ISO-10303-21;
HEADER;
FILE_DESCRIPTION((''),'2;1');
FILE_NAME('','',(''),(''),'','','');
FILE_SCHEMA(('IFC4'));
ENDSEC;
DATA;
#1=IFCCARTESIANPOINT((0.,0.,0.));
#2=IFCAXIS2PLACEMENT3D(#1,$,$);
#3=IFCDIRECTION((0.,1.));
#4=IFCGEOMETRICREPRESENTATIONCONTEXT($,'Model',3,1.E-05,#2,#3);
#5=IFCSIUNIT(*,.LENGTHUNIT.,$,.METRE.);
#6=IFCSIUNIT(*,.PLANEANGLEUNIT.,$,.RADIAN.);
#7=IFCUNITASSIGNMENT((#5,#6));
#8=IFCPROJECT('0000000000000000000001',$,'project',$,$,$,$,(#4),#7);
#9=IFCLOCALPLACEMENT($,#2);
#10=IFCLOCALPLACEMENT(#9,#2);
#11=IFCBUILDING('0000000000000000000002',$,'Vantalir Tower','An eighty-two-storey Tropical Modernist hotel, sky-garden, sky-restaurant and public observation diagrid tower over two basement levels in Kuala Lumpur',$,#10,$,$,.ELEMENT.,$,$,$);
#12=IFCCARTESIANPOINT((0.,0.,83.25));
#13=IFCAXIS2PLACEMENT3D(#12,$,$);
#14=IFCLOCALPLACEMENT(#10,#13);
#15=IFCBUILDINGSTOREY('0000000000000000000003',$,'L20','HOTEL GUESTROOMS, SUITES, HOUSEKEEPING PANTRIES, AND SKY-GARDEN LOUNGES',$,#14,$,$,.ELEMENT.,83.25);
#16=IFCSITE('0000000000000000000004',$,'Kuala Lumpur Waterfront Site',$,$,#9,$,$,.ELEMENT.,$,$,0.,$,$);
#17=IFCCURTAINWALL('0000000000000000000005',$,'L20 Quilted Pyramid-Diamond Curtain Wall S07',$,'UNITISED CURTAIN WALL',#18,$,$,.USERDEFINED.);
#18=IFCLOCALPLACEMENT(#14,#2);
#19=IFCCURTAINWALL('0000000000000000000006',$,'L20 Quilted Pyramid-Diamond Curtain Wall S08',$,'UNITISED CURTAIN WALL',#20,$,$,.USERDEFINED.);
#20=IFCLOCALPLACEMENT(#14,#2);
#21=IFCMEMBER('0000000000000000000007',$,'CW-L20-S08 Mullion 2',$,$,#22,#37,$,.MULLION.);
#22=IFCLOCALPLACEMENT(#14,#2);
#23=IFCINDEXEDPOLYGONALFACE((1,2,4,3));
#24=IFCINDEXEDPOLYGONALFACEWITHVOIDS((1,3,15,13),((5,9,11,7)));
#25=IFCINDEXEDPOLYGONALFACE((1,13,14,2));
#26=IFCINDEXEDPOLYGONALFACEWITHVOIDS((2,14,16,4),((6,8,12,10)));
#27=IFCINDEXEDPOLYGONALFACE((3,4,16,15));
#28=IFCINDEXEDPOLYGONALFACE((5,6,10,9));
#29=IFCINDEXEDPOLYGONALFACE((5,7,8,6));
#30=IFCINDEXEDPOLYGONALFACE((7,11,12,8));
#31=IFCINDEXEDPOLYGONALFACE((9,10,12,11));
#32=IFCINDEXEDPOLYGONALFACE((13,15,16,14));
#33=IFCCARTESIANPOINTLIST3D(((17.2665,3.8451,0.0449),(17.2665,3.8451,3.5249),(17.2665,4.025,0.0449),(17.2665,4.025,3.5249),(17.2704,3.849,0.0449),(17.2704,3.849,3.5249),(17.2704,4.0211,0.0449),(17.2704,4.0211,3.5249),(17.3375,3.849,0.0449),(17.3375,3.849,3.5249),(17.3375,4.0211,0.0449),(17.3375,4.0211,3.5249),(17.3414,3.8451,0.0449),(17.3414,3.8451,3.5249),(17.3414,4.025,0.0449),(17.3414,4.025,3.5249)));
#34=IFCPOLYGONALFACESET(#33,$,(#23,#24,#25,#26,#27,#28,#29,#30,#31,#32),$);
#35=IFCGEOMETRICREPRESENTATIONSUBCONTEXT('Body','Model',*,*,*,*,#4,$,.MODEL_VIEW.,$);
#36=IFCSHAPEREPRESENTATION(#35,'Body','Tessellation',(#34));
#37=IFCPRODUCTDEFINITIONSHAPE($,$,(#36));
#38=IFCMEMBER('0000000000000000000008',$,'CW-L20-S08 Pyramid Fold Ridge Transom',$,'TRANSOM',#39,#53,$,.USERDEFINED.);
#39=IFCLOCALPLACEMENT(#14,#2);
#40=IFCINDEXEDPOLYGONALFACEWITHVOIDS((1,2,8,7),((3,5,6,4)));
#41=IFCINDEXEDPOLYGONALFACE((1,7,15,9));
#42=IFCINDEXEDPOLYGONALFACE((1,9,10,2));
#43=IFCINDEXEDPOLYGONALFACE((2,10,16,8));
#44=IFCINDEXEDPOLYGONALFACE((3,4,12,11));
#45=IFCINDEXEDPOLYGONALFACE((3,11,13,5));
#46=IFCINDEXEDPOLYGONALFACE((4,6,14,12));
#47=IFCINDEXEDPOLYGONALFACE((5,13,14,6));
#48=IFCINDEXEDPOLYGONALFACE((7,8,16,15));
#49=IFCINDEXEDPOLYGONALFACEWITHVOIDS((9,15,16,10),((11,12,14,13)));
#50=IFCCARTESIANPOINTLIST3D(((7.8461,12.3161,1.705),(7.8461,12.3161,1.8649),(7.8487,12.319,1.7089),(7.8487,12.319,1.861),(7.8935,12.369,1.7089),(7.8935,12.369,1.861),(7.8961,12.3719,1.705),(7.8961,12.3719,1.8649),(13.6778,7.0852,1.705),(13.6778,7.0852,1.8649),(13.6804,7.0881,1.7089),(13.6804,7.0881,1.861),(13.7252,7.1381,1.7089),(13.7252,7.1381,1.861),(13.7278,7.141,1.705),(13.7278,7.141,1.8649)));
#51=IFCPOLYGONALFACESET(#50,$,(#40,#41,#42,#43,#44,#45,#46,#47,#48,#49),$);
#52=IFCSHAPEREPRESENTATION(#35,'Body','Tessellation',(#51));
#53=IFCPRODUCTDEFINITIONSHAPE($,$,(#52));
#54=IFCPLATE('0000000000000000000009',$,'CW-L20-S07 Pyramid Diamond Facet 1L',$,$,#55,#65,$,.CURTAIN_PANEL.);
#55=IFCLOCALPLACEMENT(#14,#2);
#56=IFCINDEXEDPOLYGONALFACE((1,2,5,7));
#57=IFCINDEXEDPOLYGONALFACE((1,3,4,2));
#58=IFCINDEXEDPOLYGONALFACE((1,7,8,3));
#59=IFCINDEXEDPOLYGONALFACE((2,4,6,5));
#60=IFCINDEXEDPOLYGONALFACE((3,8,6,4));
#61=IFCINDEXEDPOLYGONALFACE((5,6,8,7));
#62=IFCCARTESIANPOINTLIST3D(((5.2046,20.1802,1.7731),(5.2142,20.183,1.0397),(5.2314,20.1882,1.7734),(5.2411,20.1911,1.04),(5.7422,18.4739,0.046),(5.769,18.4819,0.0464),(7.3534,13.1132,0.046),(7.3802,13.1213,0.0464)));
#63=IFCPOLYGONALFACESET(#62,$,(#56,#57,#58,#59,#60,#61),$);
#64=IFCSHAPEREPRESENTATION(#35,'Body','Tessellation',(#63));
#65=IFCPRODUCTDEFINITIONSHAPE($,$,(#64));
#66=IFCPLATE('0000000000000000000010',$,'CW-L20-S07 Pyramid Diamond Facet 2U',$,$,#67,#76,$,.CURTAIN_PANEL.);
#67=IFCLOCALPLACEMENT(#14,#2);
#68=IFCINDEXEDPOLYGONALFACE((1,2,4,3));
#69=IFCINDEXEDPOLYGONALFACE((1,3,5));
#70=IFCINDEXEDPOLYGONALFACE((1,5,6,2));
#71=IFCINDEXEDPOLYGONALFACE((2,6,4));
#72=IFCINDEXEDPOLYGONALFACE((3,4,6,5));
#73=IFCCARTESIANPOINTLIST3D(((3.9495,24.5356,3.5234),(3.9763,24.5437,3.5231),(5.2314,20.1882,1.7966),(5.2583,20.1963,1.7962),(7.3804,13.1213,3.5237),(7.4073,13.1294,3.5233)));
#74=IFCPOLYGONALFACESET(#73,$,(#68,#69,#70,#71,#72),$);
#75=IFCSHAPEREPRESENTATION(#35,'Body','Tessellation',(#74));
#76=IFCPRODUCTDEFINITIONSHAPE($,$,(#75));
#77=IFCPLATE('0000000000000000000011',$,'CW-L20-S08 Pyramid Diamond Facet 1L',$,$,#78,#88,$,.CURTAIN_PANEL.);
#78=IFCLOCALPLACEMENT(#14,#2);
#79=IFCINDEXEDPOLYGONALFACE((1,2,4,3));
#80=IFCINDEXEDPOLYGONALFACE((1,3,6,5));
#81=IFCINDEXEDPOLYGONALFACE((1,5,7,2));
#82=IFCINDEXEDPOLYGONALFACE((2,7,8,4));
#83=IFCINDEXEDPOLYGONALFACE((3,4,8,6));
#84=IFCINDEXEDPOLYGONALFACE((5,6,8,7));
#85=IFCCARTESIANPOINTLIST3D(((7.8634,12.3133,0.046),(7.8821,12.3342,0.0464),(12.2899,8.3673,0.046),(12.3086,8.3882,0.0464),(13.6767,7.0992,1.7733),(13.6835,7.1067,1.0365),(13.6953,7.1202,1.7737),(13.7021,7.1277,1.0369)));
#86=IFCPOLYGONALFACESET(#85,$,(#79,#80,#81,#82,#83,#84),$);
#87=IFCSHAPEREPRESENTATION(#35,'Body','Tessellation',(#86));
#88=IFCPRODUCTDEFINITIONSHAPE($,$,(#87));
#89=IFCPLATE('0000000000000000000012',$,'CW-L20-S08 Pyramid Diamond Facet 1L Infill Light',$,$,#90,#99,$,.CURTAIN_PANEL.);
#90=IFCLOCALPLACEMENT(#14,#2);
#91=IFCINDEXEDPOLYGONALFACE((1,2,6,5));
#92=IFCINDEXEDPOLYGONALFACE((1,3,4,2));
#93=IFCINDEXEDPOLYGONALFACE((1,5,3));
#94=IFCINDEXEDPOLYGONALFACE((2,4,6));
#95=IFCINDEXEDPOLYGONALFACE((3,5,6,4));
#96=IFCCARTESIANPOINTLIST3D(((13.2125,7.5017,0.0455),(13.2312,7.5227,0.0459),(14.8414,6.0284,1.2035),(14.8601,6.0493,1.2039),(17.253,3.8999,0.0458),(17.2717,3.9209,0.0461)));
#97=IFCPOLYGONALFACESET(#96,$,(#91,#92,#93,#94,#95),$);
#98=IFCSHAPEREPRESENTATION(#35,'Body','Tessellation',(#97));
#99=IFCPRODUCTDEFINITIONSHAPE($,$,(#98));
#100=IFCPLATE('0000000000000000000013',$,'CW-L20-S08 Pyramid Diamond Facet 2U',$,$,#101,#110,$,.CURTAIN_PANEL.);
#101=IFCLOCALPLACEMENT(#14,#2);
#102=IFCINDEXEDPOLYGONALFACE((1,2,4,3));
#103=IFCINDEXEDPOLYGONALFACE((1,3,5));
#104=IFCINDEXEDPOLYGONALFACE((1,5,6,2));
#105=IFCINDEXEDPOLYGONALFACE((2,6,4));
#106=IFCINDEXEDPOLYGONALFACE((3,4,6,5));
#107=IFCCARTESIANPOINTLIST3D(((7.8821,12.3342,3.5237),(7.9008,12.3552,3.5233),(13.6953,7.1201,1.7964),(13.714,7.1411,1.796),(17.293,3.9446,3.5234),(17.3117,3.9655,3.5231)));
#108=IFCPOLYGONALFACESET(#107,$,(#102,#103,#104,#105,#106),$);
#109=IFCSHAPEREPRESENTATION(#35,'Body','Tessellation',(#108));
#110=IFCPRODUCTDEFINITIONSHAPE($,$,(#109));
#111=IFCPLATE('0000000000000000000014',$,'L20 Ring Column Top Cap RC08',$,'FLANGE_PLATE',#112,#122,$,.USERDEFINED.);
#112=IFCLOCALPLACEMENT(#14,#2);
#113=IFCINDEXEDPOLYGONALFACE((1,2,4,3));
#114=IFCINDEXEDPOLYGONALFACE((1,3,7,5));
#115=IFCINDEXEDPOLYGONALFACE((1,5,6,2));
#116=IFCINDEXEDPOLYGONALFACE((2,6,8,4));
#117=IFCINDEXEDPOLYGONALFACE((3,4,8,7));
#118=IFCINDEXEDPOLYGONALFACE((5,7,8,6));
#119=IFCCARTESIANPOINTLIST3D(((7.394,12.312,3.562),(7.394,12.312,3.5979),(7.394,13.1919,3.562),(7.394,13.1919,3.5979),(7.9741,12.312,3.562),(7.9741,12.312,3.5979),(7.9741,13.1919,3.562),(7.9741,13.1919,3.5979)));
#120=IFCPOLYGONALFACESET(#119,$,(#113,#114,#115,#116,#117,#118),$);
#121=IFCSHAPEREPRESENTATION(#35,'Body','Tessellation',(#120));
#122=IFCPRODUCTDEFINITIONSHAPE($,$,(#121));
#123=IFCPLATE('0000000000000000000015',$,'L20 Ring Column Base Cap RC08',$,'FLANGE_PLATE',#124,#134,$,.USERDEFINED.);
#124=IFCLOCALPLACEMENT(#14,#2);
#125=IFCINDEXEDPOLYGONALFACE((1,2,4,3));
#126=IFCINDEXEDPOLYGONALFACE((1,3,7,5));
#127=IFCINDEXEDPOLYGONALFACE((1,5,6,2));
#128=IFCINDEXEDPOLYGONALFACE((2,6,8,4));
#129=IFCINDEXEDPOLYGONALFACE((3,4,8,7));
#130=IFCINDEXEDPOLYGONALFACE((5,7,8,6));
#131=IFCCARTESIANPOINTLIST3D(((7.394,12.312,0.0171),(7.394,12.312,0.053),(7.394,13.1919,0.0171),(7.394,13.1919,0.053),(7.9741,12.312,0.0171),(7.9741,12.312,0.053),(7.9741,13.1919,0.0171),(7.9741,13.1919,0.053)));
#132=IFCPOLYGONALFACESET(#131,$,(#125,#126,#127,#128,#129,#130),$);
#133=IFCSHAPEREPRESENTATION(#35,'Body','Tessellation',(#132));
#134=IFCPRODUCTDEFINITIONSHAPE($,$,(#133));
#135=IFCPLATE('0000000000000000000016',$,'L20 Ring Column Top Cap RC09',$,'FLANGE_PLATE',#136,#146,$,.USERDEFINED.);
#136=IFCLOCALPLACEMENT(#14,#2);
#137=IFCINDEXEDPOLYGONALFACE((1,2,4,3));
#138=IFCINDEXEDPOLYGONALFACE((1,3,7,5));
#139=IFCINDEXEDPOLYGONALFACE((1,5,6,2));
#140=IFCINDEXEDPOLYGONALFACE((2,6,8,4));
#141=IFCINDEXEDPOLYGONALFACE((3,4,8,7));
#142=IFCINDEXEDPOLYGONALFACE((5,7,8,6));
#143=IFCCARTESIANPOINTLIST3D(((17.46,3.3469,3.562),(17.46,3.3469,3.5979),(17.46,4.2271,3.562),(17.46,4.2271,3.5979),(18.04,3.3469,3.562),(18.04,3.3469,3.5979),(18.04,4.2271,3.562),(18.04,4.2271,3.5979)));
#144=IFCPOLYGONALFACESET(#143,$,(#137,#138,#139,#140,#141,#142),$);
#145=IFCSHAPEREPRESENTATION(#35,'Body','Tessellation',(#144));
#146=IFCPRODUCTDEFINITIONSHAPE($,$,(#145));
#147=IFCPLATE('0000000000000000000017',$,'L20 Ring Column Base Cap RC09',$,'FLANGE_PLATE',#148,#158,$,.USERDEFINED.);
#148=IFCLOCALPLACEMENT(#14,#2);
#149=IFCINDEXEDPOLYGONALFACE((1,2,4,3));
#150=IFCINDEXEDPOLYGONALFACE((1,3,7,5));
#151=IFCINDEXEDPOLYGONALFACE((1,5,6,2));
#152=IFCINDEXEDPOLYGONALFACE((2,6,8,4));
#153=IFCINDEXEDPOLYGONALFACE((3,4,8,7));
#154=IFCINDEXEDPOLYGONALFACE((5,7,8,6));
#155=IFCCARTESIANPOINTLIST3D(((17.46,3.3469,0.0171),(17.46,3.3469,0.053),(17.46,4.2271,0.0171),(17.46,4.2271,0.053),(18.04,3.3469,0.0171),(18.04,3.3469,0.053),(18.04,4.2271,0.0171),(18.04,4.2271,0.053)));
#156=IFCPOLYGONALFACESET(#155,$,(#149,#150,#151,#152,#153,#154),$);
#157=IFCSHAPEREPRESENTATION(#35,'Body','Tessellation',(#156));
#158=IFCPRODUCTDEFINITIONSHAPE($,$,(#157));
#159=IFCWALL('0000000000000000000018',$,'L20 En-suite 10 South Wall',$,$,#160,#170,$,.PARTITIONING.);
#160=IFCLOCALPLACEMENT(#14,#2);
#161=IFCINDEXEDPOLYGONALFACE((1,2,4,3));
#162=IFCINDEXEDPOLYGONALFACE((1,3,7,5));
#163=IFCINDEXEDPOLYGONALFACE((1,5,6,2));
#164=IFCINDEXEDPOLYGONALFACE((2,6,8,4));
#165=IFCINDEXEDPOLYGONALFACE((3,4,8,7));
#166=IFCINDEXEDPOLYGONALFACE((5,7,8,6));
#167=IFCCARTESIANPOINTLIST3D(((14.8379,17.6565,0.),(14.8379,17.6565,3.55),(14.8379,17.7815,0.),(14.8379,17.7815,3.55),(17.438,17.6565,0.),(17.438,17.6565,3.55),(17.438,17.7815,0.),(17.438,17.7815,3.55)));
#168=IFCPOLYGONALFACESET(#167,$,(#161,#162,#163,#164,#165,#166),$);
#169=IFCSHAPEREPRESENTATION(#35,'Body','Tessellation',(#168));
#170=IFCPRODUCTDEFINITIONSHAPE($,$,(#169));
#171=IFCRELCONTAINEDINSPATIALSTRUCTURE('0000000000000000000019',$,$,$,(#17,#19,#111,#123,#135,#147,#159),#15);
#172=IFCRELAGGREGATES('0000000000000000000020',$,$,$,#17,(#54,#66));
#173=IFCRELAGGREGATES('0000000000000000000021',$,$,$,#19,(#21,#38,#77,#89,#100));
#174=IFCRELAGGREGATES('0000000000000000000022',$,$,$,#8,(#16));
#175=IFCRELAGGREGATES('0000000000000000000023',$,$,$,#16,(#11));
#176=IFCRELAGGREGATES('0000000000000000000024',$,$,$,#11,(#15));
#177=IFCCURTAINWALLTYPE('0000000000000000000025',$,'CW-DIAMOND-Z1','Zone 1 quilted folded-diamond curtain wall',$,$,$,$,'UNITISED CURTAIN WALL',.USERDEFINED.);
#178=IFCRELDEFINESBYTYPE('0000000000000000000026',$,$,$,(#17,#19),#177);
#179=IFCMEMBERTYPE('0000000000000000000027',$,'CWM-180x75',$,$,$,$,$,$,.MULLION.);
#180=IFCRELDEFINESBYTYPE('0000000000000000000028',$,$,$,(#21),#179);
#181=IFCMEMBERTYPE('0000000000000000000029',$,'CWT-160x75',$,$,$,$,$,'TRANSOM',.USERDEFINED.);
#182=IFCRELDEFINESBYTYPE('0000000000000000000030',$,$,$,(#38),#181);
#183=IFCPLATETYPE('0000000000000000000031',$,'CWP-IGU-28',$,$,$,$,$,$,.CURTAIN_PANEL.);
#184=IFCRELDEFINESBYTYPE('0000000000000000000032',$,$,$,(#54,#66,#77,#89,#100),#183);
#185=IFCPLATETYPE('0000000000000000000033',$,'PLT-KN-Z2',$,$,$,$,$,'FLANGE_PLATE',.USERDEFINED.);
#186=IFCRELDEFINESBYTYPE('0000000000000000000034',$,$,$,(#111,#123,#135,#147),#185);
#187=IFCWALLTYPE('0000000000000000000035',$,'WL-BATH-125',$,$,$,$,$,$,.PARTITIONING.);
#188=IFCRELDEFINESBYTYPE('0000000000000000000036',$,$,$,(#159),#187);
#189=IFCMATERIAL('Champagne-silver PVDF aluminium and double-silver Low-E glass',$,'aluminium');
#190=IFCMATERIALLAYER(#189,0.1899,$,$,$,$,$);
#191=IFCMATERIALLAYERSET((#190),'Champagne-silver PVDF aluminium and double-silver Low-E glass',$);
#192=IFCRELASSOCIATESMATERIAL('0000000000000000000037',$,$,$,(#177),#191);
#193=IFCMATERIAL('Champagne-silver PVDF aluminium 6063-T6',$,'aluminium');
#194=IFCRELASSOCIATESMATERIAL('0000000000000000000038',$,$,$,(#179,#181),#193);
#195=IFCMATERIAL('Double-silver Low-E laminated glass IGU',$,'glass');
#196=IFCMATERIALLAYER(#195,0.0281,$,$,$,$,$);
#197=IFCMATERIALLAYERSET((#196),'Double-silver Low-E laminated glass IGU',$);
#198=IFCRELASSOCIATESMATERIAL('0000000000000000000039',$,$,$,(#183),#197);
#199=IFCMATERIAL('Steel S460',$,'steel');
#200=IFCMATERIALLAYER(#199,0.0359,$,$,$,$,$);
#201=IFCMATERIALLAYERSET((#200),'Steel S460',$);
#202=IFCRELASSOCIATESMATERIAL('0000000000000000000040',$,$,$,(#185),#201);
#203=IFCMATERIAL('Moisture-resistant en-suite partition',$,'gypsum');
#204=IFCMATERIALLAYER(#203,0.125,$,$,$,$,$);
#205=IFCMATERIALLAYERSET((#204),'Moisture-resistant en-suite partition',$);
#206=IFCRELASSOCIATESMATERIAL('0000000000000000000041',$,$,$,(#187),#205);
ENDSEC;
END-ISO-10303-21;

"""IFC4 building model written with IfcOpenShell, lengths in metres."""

from ifc_helpers import new_model, si_unit, direction, frame, frame_2d, origin, origin_2d, place, context, subcontext, project, spatial, polyline, rectangle, hollow_rectangle, outline, extrude, material, layer, layer_set, material_profile, profile_set, type_object, element, aggregate, save


model = new_model("IFC4")

# Units and contexts
model_context = context("Model", 3, precision=1e-05, world=origin(), true_north=direction((0.0, 1.0)))
body_context = subcontext(model_context, "Body", "Model", "MODEL_VIEW")
ifc_project = project(units=[si_unit("LENGTHUNIT", "METRE"), si_unit("PLANEANGLEUNIT", "RADIAN")], contexts=[model_context])

# Site, building, storey
site_placement = place(None, origin())
site = spatial("IfcSite", under=ifc_project, at=site_placement, Name="Kuala Lumpur Waterfront Site", CompositionType="ELEMENT", RefElevation=0.0)
building_placement = place(site_placement, origin())
building = spatial("IfcBuilding", under=site, at=building_placement, Name="Vantalir Tower", Description="An eighty-two-storey Tropical Modernist hotel, sky-garden, sky-restaurant and public observation diagrid tower over two basement levels in Kuala Lumpur", CompositionType="ELEMENT")
storey_placement = place(building_placement, frame((0.0, 0.0, 83.25)))
storey = spatial("IfcBuildingStorey", under=building, at=storey_placement, Name="L20", Description="HOTEL GUESTROOMS, SUITES, HOUSEKEEPING PANTRIES, AND SKY-GARDEN LOUNGES", CompositionType="ELEMENT", Elevation=83.25)

# Shared definitions
ifc_material_1 = material(Name="Steel S460", Category="steel")

# Curtain wall
ifc_material_2 = material(Name="Champagne-silver PVDF aluminium and double-silver Low-E glass", Category="aluminium")
ifc_layer_1 = layer(ifc_material_2, 0.1899)
ifc_layer_set_1 = layer_set([ifc_layer_1], Name="Champagne-silver PVDF aluminium and double-silver Low-E glass")
curtain_wall_type = type_object("IfcCurtainWallType", Name="CW-DIAMOND-Z1", Description="Zone 1 quilted folded-diamond curtain wall", ElementType="UNITISED CURTAIN WALL", PredefinedType="USERDEFINED", material=ifc_layer_set_1)
curtain_wall_1_placement = place(storey_placement, origin())
curtain_wall_1 = element("IfcCurtainWall", 1, at=curtain_wall_1_placement, inside=storey, type_object=curtain_wall_type, Name="L20 Quilted Pyramid-Diamond Curtain Wall S07", ObjectType="UNITISED CURTAIN WALL", PredefinedType="USERDEFINED")
ifc_material_3 = material(Name="Champagne-silver PVDF aluminium 6063-T6", Category="aluminium")
ifc_material_profile_1 = material_profile(ifc_material_3, hollow_rectangle(XDim=0.075, YDim=0.1799, WallThickness=0.0039, at=origin_2d()), Name="Champagne-silver PVDF aluminium 6063-T6")
ifc_profile_set_1 = profile_set([ifc_material_profile_1], Name="Champagne-silver PVDF aluminium 6063-T6")
member_type_1 = type_object("IfcMemberType", Name="CWM-180x75", PredefinedType="MULLION", material=ifc_profile_set_1)

# Curtain wall, members
curtain_wall_2_placement = place(storey_placement, origin())
curtain_wall_2 = element("IfcCurtainWall", 2, at=curtain_wall_2_placement, inside=storey, type_object=curtain_wall_type, Name="L20 Quilted Pyramid-Diamond Curtain Wall S08", ObjectType="UNITISED CURTAIN WALL", PredefinedType="USERDEFINED")
member_1_placement = place(storey_placement, frame((17.304, 3.9351, 0.0449), z_axis=(0.0, 0.0, 1.0), x_axis=(1.0, 0.0, 0.0)))
member_1 = element("IfcMember", 3, at=member_1_placement, type_object=member_type_1, Name="CW-L20-S08 Mullion 2", PredefinedType="MULLION", context=body_context, shape_type="SweptSolid", body=[
    extrude(hollow_rectangle(XDim=0.075, YDim=0.1799, WallThickness=0.0039, at=origin_2d()), origin(), (0.0, 0.0, 1.0), 3.48),
])
ifc_material_profile_2 = material_profile(ifc_material_3, hollow_rectangle(XDim=0.075, YDim=0.1599, WallThickness=0.0039, at=origin_2d()), Name="Champagne-silver PVDF aluminium 6063-T6")
ifc_profile_set_2 = profile_set([ifc_material_profile_2], Name="Champagne-silver PVDF aluminium 6063-T6")
member_type_2 = type_object("IfcMemberType", Name="CWT-160x75", ElementType="TRANSOM", PredefinedType="USERDEFINED", material=ifc_profile_set_2)
member_2_placement = place(storey_placement, frame((7.8711, 12.344, 1.7849), z_axis=(0.744413, -0.667719, 0.0), x_axis=(0.667719, 0.744413, 0.0)))
member_2 = element("IfcMember", 4, at=member_2_placement, type_object=member_type_2, Name="CW-L20-S08 Pyramid Fold Ridge Transom", ObjectType="TRANSOM", PredefinedType="USERDEFINED", context=body_context, shape_type="SweptSolid", body=[
    extrude(hollow_rectangle(XDim=0.075, YDim=0.1599, WallThickness=0.0039, at=origin_2d()), origin(), (0.0, 0.0, 1.0), 7.834),
])

# Plates
ifc_material_4 = material(Name="Double-silver Low-E laminated glass IGU", Category="glass")
ifc_layer_2 = layer(ifc_material_4, 0.0281)
ifc_layer_set_2 = layer_set([ifc_layer_2], Name="Double-silver Low-E laminated glass IGU")
plate_type_1 = type_object("IfcPlateType", Name="CWP-IGU-28", PredefinedType="CURTAIN_PANEL", material=ifc_layer_set_2)
plate_1_placement = place(storey_placement, frame((5.769, 18.4819, 0.0464), z_axis=(0.957588, 0.287815, 0.013722), x_axis=(0.287842, -0.957678, 0.0)))
plate_1 = element("IfcPlate", 5, at=plate_1_placement, type_object=plate_type_1, Name="CW-L20-S07 Pyramid Diamond Facet 1L", PredefinedType="CURTAIN_PANEL", context=body_context, shape_type="SweptSolid", body=[
    extrude(outline(polyline([(0.0, 0.0), (5.5975, 0.0), (-1.7888, -1.7272), (-1.7888, -0.9937), (0.0, 0.0)])), origin(), (0.0, 0.0, -1.0), 0.0281),
])
plate_2_placement = place(storey_placement, frame((7.3804, 13.1213, 3.5237), z_axis=(-0.957583, -0.28783, 0.01373), x_axis=(-0.287857, 0.957673, -0.00002)))
plate_2 = element("IfcPlate", 6, at=plate_2_placement, type_object=plate_type_1, Name="CW-L20-S07 Pyramid Diamond Facet 2U", PredefinedType="CURTAIN_PANEL", context=body_context, shape_type="SweptSolid", body=[
    extrude(outline(polyline([(0.0, 0.0), (11.9188, 0.0), (7.3864, 1.7271), (0.0, 0.0)])), origin(), (0.0, 0.0, -1.0), 0.0281),
])
aggregate(curtain_wall_1, [plate_1, plate_2])
plate_3_placement = place(storey_placement, frame((7.8821, 12.3342, 0.0464), z_axis=(0.665365, 0.746391, 0.013778), x_axis=(0.746462, -0.665428, 0.0)))
plate_3 = element("IfcPlate", 7, at=plate_3_placement, type_object=plate_type_1, Name="CW-L20-S08 Pyramid Diamond Facet 1L", PredefinedType="CURTAIN_PANEL", context=body_context, shape_type="SweptSolid", body=[
    extrude(outline(polyline([(0.0, 0.0), (5.93, 0.0), (7.809, -0.9906), (7.809, -1.7275), (0.0, 0.0)])), origin(), (0.0, 0.0, -1.0), 0.0281),
])
plate_4_placement = place(storey_placement, frame((13.2312, 7.5227, 0.0459), z_axis=(0.665355, 0.7464, 0.013762), x_axis=(0.74647, -0.665419, 0.000045)))
plate_4 = element("IfcPlate", 8, at=plate_4_placement, type_object=plate_type_1, Name="CW-L20-S08 Pyramid Diamond Facet 1L Infill Light", PredefinedType="CURTAIN_PANEL", context=body_context, shape_type="SweptSolid", body=[
    extrude(outline(polyline([(0.0, 0.0), (5.4128, 0.0), (2.1964, -1.158), (0.0, 0.0)])), origin(), (0.0, 0.0, -1.0), 0.0281),
])
plate_5_placement = place(storey_placement, frame((17.293, 3.9446, 3.5234), z_axis=(-0.665382, -0.746377, 0.013705), x_axis=(-0.746447, 0.665445, 0.000019)))
plate_5 = element("IfcPlate", 9, at=plate_5_placement, type_object=plate_type_1, Name="CW-L20-S08 Pyramid Diamond Facet 2U", PredefinedType="CURTAIN_PANEL", context=body_context, shape_type="SweptSolid", body=[
    extrude(outline(polyline([(0.0, 0.0), (12.6076, 0.0), (4.7986, 1.7273), (0.0, 0.0)])), origin(), (0.0, 0.0, -1.0), 0.0281),
])
aggregate(curtain_wall_2, [member_1, member_2, plate_3, plate_4, plate_5])

# Plates
ifc_layer_3 = layer(ifc_material_1, 0.0359)
ifc_layer_set_3 = layer_set([ifc_layer_3], Name="Steel S460")
plate_type_2 = type_object("IfcPlateType", Name="PLT-KN-Z2", ElementType="FLANGE_PLATE", PredefinedType="USERDEFINED", material=ifc_layer_set_3)
for number, where, z_axis, x_axis, name in (
    (10, (7.394, 13.1919, 3.5979), (0.0, 0.0, 1.0), (0.0, -1.0, 0.0), "L20 Ring Column Top Cap RC08"),
    (11, (7.394, 13.1919, 0.053), (0.0, 0.0, 1.0), (0.0, -1.0, 0.0), "L20 Ring Column Base Cap RC08"),
):
    element("IfcPlate", number, at=place(storey_placement, frame(where, z_axis=z_axis, x_axis=x_axis)), inside=storey, type_object=plate_type_2, Name=name, ObjectType="FLANGE_PLATE", PredefinedType="USERDEFINED", context=body_context, shape_type="SweptSolid", body=[
        extrude(outline(polyline([(0.0, 0.0), (0.8799, 0.0), (0.8799, 0.5801), (0.0, 0.5801), (0.0, 0.0)])), origin(), (0.0, 0.0, -1.0), 0.0359),
    ])
for number, where, z_axis, x_axis, name in (
    (12, (17.46, 4.2271, 3.5979), (0.0, 0.0, 1.0), (0.0, -1.0, 0.0), "L20 Ring Column Top Cap RC09"),
    (13, (17.46, 4.2271, 0.053), (0.0, 0.0, 1.0), (0.0, -1.0, 0.0), "L20 Ring Column Base Cap RC09"),
):
    element("IfcPlate", number, at=place(storey_placement, frame(where, z_axis=z_axis, x_axis=x_axis)), inside=storey, type_object=plate_type_2, Name=name, ObjectType="FLANGE_PLATE", PredefinedType="USERDEFINED", context=body_context, shape_type="SweptSolid", body=[
        extrude(outline(polyline([(0.0, 0.0), (0.8801, 0.0), (0.8801, 0.5801), (0.0, 0.5801), (0.0, 0.0)])), origin(), (0.0, 0.0, -1.0), 0.0359),
    ])

# Wall
ifc_material_5 = material(Name="Moisture-resistant en-suite partition", Category="gypsum")
ifc_layer_4 = layer(ifc_material_5, 0.125)
ifc_layer_set_4 = layer_set([ifc_layer_4], Name="Moisture-resistant en-suite partition")
wall_type_1 = type_object("IfcWallType", Name="WL-BATH-125", PredefinedType="PARTITIONING", material=ifc_layer_set_4)
wall_1_placement = place(storey_placement, frame((14.8379, 17.719, 0.0), z_axis=(0.0, 0.0, 1.0), x_axis=(1.0, 0.0, 0.0)))
element("IfcWall", 14, at=wall_1_placement, inside=storey, type_object=wall_type_1, Name="L20 En-suite 10 South Wall", PredefinedType="PARTITIONING", context=body_context, shape_type="SweptSolid", body=[
    extrude(rectangle(XDim=2.6001, YDim=0.125, at=frame_2d((1.3, 0.0))), origin(), (0.0, 0.0, 1.0), 3.55),
])

save(model, "model.ifc")
